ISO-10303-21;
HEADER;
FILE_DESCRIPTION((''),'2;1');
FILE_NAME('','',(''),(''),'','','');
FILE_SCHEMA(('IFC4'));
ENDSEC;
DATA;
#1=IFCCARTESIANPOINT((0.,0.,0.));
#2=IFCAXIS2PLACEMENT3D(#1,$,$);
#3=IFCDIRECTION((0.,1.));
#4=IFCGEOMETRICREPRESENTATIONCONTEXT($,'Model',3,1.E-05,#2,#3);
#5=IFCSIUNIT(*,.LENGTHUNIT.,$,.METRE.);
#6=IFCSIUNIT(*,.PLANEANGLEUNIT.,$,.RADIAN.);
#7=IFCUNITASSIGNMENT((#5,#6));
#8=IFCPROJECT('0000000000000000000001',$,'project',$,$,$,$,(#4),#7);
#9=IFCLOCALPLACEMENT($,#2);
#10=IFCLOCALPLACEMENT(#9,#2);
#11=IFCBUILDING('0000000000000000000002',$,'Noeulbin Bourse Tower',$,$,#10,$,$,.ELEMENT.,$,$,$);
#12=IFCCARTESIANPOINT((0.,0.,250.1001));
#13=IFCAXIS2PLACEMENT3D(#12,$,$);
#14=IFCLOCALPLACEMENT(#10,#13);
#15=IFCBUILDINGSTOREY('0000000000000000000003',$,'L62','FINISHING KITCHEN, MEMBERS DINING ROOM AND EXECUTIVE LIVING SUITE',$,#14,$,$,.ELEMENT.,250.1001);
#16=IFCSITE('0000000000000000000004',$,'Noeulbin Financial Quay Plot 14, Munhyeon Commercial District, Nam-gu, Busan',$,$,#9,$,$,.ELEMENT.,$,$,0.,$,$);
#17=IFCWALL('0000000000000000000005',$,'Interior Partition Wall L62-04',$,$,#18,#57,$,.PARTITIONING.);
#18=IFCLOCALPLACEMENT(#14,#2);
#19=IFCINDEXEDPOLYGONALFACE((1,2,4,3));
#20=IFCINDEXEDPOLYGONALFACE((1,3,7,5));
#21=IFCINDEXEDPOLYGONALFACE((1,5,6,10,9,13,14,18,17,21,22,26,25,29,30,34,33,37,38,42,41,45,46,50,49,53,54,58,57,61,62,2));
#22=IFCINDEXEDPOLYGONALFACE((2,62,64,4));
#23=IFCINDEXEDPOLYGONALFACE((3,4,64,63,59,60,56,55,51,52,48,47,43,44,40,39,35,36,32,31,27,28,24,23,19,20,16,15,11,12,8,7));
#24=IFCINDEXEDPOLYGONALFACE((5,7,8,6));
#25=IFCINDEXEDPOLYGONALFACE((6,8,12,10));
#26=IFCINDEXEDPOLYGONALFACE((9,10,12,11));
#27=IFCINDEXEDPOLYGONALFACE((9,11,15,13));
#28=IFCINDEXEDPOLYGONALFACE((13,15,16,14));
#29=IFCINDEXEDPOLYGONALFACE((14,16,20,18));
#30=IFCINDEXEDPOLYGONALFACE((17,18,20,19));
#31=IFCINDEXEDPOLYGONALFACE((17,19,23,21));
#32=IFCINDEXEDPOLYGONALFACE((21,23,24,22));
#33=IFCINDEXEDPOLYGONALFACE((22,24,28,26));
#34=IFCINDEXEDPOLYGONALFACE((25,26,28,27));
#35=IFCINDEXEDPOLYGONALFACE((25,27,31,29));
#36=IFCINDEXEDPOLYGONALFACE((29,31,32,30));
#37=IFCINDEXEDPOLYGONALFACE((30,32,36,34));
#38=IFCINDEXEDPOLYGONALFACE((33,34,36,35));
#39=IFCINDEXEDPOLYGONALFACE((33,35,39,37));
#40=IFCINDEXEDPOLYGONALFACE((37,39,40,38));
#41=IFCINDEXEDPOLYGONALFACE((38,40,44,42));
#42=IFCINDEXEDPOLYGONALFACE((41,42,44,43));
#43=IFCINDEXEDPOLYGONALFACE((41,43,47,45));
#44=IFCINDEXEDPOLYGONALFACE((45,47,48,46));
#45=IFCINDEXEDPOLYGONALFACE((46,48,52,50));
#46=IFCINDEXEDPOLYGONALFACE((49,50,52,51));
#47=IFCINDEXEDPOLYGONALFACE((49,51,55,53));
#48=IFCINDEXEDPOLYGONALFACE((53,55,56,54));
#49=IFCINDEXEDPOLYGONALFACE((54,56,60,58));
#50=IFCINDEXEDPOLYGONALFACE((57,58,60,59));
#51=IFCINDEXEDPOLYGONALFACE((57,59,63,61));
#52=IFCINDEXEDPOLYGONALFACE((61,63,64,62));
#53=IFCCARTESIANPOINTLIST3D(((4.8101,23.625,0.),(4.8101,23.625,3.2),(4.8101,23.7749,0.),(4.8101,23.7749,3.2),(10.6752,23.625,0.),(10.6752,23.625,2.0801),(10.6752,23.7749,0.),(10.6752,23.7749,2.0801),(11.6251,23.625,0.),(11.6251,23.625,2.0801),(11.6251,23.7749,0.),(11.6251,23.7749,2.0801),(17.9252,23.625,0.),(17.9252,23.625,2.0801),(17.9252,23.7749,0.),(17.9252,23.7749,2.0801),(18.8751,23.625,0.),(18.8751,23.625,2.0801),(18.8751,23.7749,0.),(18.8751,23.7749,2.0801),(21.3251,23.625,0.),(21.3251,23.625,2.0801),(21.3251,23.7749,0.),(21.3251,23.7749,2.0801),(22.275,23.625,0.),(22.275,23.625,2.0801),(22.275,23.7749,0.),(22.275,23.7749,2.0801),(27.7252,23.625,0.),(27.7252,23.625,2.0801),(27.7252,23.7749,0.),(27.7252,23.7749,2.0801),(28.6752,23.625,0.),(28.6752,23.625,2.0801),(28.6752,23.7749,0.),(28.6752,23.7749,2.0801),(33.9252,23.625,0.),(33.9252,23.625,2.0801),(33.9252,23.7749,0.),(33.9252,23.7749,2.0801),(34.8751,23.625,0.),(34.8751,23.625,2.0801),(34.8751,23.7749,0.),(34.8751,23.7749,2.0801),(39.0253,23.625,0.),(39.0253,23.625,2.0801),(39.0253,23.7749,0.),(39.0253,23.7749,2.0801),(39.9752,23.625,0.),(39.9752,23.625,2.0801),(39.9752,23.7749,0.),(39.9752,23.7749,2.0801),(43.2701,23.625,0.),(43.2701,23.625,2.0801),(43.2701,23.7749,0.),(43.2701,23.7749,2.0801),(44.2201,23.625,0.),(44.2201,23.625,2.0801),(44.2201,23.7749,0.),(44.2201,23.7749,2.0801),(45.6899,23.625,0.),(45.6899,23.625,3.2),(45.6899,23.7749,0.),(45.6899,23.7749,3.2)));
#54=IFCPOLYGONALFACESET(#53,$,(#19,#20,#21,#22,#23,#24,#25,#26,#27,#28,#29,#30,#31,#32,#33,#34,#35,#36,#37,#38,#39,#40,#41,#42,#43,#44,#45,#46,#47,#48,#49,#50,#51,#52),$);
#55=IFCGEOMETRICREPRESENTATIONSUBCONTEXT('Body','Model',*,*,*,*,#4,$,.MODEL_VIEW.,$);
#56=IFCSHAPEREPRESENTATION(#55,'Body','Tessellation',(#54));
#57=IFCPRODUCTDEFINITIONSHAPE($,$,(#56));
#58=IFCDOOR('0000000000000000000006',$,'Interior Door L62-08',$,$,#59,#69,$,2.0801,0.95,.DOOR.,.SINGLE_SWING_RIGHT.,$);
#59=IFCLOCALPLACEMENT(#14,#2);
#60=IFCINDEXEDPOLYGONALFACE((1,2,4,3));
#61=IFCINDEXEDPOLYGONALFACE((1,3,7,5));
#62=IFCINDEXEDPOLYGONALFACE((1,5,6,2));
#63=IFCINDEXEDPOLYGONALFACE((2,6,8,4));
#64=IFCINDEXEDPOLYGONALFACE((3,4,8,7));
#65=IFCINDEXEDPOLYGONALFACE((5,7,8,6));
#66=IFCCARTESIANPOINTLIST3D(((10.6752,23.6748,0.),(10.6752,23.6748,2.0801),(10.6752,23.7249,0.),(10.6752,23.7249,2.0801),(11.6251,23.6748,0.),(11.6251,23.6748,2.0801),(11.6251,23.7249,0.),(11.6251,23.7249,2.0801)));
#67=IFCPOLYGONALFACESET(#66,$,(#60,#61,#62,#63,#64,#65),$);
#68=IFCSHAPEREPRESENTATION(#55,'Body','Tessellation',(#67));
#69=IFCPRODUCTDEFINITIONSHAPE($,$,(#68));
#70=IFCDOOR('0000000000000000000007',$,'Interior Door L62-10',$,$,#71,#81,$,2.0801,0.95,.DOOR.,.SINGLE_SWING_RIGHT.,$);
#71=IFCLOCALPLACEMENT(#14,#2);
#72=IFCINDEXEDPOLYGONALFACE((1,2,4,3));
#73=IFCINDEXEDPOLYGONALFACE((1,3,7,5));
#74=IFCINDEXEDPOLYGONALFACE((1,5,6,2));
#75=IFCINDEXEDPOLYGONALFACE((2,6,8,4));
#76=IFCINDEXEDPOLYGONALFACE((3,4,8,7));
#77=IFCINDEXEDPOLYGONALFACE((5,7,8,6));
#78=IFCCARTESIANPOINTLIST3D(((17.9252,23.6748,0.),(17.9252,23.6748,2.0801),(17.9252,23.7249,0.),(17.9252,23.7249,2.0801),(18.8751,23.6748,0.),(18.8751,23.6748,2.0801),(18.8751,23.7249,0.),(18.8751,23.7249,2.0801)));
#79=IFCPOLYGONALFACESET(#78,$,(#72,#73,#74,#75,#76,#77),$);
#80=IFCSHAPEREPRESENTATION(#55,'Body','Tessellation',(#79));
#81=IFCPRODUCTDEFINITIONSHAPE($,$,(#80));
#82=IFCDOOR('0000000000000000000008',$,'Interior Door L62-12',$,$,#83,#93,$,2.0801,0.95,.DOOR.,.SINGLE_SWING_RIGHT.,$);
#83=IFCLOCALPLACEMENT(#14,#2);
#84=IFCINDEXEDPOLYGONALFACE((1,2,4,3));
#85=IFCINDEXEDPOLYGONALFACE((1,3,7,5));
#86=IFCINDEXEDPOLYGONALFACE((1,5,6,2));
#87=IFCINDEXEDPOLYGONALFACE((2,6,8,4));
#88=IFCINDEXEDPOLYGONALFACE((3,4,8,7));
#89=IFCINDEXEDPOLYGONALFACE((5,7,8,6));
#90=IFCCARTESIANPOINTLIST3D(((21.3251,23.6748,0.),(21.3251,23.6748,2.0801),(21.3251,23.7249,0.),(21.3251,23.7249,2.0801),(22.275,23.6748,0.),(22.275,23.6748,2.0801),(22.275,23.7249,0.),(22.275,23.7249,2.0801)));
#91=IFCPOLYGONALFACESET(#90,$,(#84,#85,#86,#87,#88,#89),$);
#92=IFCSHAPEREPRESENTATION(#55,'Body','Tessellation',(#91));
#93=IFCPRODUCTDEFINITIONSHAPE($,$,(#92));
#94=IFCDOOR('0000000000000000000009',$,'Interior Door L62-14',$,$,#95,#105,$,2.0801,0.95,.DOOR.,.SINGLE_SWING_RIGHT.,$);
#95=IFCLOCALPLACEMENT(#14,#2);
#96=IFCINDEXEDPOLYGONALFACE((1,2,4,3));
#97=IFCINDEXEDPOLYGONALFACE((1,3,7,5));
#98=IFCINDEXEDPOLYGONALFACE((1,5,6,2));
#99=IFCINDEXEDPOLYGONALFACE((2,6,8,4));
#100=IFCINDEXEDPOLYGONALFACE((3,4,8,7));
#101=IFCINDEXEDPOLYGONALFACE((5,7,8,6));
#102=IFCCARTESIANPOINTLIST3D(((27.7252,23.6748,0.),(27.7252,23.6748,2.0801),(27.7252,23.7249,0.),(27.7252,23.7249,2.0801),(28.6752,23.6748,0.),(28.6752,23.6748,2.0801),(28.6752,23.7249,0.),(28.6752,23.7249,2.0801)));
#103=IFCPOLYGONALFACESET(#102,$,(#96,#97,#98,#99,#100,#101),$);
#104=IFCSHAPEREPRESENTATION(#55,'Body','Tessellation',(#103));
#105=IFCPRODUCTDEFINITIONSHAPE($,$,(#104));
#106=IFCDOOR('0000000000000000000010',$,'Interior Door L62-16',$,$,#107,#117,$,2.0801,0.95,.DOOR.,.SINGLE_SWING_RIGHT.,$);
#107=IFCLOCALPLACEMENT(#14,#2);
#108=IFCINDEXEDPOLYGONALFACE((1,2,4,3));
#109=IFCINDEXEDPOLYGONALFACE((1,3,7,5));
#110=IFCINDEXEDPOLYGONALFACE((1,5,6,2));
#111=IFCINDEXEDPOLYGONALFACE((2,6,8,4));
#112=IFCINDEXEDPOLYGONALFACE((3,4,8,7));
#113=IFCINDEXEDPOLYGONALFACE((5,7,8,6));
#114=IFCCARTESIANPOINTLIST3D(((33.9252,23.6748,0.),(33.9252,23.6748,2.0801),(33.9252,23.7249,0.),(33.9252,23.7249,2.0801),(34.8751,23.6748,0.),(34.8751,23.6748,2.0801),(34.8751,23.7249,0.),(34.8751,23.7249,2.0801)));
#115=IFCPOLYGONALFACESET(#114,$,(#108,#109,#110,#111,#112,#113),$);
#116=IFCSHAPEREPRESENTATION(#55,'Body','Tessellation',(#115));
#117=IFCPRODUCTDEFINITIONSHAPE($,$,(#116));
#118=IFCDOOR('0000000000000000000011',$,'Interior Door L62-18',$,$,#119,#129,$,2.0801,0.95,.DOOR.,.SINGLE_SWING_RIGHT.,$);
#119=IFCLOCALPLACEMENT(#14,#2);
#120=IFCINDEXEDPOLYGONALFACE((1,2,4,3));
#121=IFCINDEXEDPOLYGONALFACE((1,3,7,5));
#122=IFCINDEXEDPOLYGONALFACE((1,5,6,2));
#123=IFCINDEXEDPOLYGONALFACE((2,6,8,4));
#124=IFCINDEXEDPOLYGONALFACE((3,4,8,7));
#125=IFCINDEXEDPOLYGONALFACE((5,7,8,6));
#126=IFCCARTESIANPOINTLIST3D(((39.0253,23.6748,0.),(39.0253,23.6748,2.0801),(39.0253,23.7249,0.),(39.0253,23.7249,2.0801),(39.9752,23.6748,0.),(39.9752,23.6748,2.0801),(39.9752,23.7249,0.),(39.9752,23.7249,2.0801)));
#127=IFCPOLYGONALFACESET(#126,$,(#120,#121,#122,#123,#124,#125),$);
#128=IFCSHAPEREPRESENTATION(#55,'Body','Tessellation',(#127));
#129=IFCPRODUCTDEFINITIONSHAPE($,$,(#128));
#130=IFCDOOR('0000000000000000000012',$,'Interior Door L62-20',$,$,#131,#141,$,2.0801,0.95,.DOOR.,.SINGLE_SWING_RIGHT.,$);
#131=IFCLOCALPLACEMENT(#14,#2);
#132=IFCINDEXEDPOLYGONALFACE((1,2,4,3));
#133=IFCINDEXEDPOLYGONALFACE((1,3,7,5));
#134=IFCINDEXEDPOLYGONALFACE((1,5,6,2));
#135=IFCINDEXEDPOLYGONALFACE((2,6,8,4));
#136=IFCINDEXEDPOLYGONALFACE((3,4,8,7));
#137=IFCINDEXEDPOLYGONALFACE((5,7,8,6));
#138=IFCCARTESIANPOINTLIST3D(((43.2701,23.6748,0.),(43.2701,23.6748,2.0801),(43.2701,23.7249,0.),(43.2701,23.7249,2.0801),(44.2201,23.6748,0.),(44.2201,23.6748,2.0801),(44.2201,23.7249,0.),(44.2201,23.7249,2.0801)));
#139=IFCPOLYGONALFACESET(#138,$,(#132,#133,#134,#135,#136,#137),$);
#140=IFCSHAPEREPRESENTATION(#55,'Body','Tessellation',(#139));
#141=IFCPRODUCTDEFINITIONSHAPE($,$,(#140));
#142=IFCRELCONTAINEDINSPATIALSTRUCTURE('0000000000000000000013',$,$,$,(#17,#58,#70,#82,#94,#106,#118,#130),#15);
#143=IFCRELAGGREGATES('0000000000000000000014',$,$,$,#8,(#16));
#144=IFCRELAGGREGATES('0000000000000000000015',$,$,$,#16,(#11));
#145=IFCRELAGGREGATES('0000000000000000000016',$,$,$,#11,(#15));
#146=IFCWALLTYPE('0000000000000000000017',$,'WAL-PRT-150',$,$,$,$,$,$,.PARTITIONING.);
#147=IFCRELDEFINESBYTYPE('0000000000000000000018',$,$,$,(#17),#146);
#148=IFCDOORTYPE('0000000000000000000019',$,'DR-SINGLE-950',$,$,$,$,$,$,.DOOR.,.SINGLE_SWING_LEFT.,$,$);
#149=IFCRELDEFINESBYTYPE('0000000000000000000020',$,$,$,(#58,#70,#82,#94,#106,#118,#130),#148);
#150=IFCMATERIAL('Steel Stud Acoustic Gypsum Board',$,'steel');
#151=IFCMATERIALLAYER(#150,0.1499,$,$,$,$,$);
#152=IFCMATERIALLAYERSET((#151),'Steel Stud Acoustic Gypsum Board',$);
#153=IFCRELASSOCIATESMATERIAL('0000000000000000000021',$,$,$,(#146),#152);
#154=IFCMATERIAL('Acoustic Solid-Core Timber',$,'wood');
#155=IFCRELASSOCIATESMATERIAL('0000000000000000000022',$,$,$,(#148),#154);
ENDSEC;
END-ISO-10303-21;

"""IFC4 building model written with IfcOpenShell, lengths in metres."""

from ifc_helpers import new_model, si_unit, direction, frame, frame_2d, origin, place, context, subcontext, project, spatial, rectangle, extrude, material, layer, layer_set, type_object, element, fill, save


model = new_model("IFC4")

# Units and contexts
model_context = context("Model", 3, precision=1e-05, world=origin(), true_north=direction((0.0, 1.0)))
body_context = subcontext(model_context, "Body", "Model", "MODEL_VIEW")
ifc_project = project(units=[si_unit("LENGTHUNIT", "METRE"), si_unit("PLANEANGLEUNIT", "RADIAN")], contexts=[model_context])

# Site, building, storey
site_placement = place(None, origin())
site = spatial("IfcSite", under=ifc_project, at=site_placement, Name="Noeulbin Financial Quay Plot 14, Munhyeon Commercial District, Nam-gu, Busan", CompositionType="ELEMENT", RefElevation=0.0)
building_placement = place(site_placement, origin())
building = spatial("IfcBuilding", under=site, at=building_placement, Name="Noeulbin Bourse Tower", CompositionType="ELEMENT")
storey_placement = place(building_placement, frame((0.0, 0.0, 250.1001)))
storey = spatial("IfcBuildingStorey", under=building, at=storey_placement, Name="L62", Description="FINISHING KITCHEN, MEMBERS DINING ROOM AND EXECUTIVE LIVING SUITE", CompositionType="ELEMENT", Elevation=250.1001)

# Wall, openings, doors
ifc_material_1 = material(Name="Steel Stud Acoustic Gypsum Board", Category="steel")
ifc_layer_1 = layer(ifc_material_1, 0.1499)
ifc_layer_set_1 = layer_set([ifc_layer_1], Name="Steel Stud Acoustic Gypsum Board")
wall_type = type_object("IfcWallType", Name="WAL-PRT-150", PredefinedType="PARTITIONING", material=ifc_layer_set_1)
wall_placement = place(storey_placement, frame((4.8101, 23.7, 0.0), z_axis=(0.0, 0.0, 1.0), x_axis=(1.0, 0.0, 0.0)))
wall = element("IfcWall", 1, at=wall_placement, inside=storey, type_object=wall_type, Name="Interior Partition Wall L62-04", PredefinedType="PARTITIONING", context=body_context, shape_type="SweptSolid", body=[
    extrude(rectangle(XDim=40.8799, YDim=0.1499, at=frame_2d((20.4399, 0.0))), origin(), (0.0, 0.0, 1.0), 3.2),
])
opening_1_placement = place(wall_placement, frame((5.865, 0.0, 0.0)))
opening_1 = element("IfcOpeningElement", 2, at=opening_1_placement, cuts=wall, PredefinedType="OPENING", context=body_context, shape_type="SweptSolid", body=[
    extrude(rectangle(XDim=0.95, YDim=2.0801, at=frame_2d((0.4751, 1.04))), frame((0.0, 0.085, 0.0), z_axis=(0.0, -1.0, 0.0), x_axis=(1.0, 0.0, 0.0)), (0.0, 0.0, 1.0), 0.1699),
])
opening_2_placement = place(wall_placement, frame((13.115, 0.0, 0.0)))
opening_2 = element("IfcOpeningElement", 3, at=opening_2_placement, cuts=wall, PredefinedType="OPENING", context=body_context, shape_type="SweptSolid", body=[
    extrude(rectangle(XDim=0.95, YDim=2.0801, at=frame_2d((0.4751, 1.04))), frame((0.0, 0.085, 0.0), z_axis=(0.0, -1.0, 0.0), x_axis=(1.0, 0.0, 0.0)), (0.0, 0.0, 1.0), 0.1699),
])
opening_3_placement = place(wall_placement, frame((16.5149, 0.0, 0.0)))
opening_3 = element("IfcOpeningElement", 4, at=opening_3_placement, cuts=wall, PredefinedType="OPENING", context=body_context, shape_type="SweptSolid", body=[
    extrude(rectangle(XDim=0.95, YDim=2.0801, at=frame_2d((0.4751, 1.04))), frame((0.0, 0.085, 0.0), z_axis=(0.0, -1.0, 0.0), x_axis=(1.0, 0.0, 0.0)), (0.0, 0.0, 1.0), 0.1699),
])
opening_4_placement = place(wall_placement, frame((22.915, 0.0, 0.0)))
opening_4 = element("IfcOpeningElement", 5, at=opening_4_placement, cuts=wall, PredefinedType="OPENING", context=body_context, shape_type="SweptSolid", body=[
    extrude(rectangle(XDim=0.95, YDim=2.0801, at=frame_2d((0.4751, 1.04))), frame((0.0, 0.085, 0.0), z_axis=(0.0, -1.0, 0.0), x_axis=(1.0, 0.0, 0.0)), (0.0, 0.0, 1.0), 0.1699),
])
opening_5_placement = place(wall_placement, frame((29.115, 0.0, 0.0)))
opening_5 = element("IfcOpeningElement", 6, at=opening_5_placement, cuts=wall, PredefinedType="OPENING", context=body_context, shape_type="SweptSolid", body=[
    extrude(rectangle(XDim=0.95, YDim=2.0801, at=frame_2d((0.4751, 1.04))), frame((0.0, 0.085, 0.0), z_axis=(0.0, -1.0, 0.0), x_axis=(1.0, 0.0, 0.0)), (0.0, 0.0, 1.0), 0.1699),
])
opening_6_placement = place(wall_placement, frame((34.2151, 0.0, 0.0)))
opening_6 = element("IfcOpeningElement", 7, at=opening_6_placement, cuts=wall, PredefinedType="OPENING", context=body_context, shape_type="SweptSolid", body=[
    extrude(rectangle(XDim=0.95, YDim=2.0801, at=frame_2d((0.4751, 1.04))), frame((0.0, 0.085, 0.0), z_axis=(0.0, -1.0, 0.0), x_axis=(1.0, 0.0, 0.0)), (0.0, 0.0, 1.0), 0.1699),
])
opening_7_placement = place(wall_placement, frame((38.46, 0.0, 0.0)))
opening_7 = element("IfcOpeningElement", 8, at=opening_7_placement, cuts=wall, PredefinedType="OPENING", context=body_context, shape_type="SweptSolid", body=[
    extrude(rectangle(XDim=0.95, YDim=2.0801, at=frame_2d((0.4751, 1.04))), frame((0.0, 0.085, 0.0), z_axis=(0.0, -1.0, 0.0), x_axis=(1.0, 0.0, 0.0)), (0.0, 0.0, 1.0), 0.1699),
])
ifc_material_2 = material(Name="Acoustic Solid-Core Timber", Category="wood")
door_type = type_object("IfcDoorType", Name="DR-SINGLE-950", OperationType="SINGLE_SWING_LEFT", PredefinedType="DOOR", material=ifc_material_2)
door_1_placement = place(opening_1_placement, origin())
door_1 = element("IfcDoor", 9, at=door_1_placement, inside=storey, type_object=door_type, Name="Interior Door L62-08", OperationType="SINGLE_SWING_RIGHT", OverallHeight=2.0801, OverallWidth=0.95, PredefinedType="DOOR", context=body_context, shape_type="SweptSolid", body=[
    extrude(rectangle(XDim=0.95, YDim=2.0801, at=frame_2d((0.4751, 1.04))), frame((0.0, 0.0249, 0.0), z_axis=(0.0, -1.0, 0.0), x_axis=(1.0, 0.0, 0.0)), (0.0, 0.0, 1.0), 0.05),
])
fill(opening_1, door_1)
door_2_placement = place(opening_2_placement, origin())
door_2 = element("IfcDoor", 10, at=door_2_placement, inside=storey, type_object=door_type, Name="Interior Door L62-10", OperationType="SINGLE_SWING_RIGHT", OverallHeight=2.0801, OverallWidth=0.95, PredefinedType="DOOR", context=body_context, shape_type="SweptSolid", body=[
    extrude(rectangle(XDim=0.95, YDim=2.0801, at=frame_2d((0.4751, 1.04))), frame((0.0, 0.0249, 0.0), z_axis=(0.0, -1.0, 0.0), x_axis=(1.0, 0.0, 0.0)), (0.0, 0.0, 1.0), 0.05),
])
fill(opening_2, door_2)
door_3_placement = place(opening_3_placement, origin())
door_3 = element("IfcDoor", 11, at=door_3_placement, inside=storey, type_object=door_type, Name="Interior Door L62-12", OperationType="SINGLE_SWING_RIGHT", OverallHeight=2.0801, OverallWidth=0.95, PredefinedType="DOOR", context=body_context, shape_type="SweptSolid", body=[
    extrude(rectangle(XDim=0.95, YDim=2.0801, at=frame_2d((0.4751, 1.04))), frame((0.0, 0.0249, 0.0), z_axis=(0.0, -1.0, 0.0), x_axis=(1.0, 0.0, 0.0)), (0.0, 0.0, 1.0), 0.05),
])
fill(opening_3, door_3)
door_4_placement = place(opening_4_placement, origin())
door_4 = element("IfcDoor", 12, at=door_4_placement, inside=storey, type_object=door_type, Name="Interior Door L62-14", OperationType="SINGLE_SWING_RIGHT", OverallHeight=2.0801, OverallWidth=0.95, PredefinedType="DOOR", context=body_context, shape_type="SweptSolid", body=[
    extrude(rectangle(XDim=0.95, YDim=2.0801, at=frame_2d((0.4751, 1.04))), frame((0.0, 0.0249, 0.0), z_axis=(0.0, -1.0, 0.0), x_axis=(1.0, 0.0, 0.0)), (0.0, 0.0, 1.0), 0.05),
])
fill(opening_4, door_4)
door_5_placement = place(opening_5_placement, origin())
door_5 = element("IfcDoor", 13, at=door_5_placement, inside=storey, type_object=door_type, Name="Interior Door L62-16", OperationType="SINGLE_SWING_RIGHT", OverallHeight=2.0801, OverallWidth=0.95, PredefinedType="DOOR", context=body_context, shape_type="SweptSolid", body=[
    extrude(rectangle(XDim=0.95, YDim=2.0801, at=frame_2d((0.4751, 1.04))), frame((0.0, 0.0249, 0.0), z_axis=(0.0, -1.0, 0.0), x_axis=(1.0, 0.0, 0.0)), (0.0, 0.0, 1.0), 0.05),
])
fill(opening_5, door_5)
door_6_placement = place(opening_6_placement, origin())
door_6 = element("IfcDoor", 14, at=door_6_placement, inside=storey, type_object=door_type, Name="Interior Door L62-18", OperationType="SINGLE_SWING_RIGHT", OverallHeight=2.0801, OverallWidth=0.95, PredefinedType="DOOR", context=body_context, shape_type="SweptSolid", body=[
    extrude(rectangle(XDim=0.95, YDim=2.0801, at=frame_2d((0.4751, 1.04))), frame((0.0, 0.0249, 0.0), z_axis=(0.0, -1.0, 0.0), x_axis=(1.0, 0.0, 0.0)), (0.0, 0.0, 1.0), 0.05),
])
fill(opening_6, door_6)
door_7_placement = place(opening_7_placement, origin())
door_7 = element("IfcDoor", 15, at=door_7_placement, inside=storey, type_object=door_type, Name="Interior Door L62-20", OperationType="SINGLE_SWING_RIGHT", OverallHeight=2.0801, OverallWidth=0.95, PredefinedType="DOOR", context=body_context, shape_type="SweptSolid", body=[
    extrude(rectangle(XDim=0.95, YDim=2.0801, at=frame_2d((0.4751, 1.04))), frame((0.0, 0.0249, 0.0), z_axis=(0.0, -1.0, 0.0), x_axis=(1.0, 0.0, 0.0)), (0.0, 0.0, 1.0), 0.05),
])
fill(opening_7, door_7)

save(model, "model.ifc")
